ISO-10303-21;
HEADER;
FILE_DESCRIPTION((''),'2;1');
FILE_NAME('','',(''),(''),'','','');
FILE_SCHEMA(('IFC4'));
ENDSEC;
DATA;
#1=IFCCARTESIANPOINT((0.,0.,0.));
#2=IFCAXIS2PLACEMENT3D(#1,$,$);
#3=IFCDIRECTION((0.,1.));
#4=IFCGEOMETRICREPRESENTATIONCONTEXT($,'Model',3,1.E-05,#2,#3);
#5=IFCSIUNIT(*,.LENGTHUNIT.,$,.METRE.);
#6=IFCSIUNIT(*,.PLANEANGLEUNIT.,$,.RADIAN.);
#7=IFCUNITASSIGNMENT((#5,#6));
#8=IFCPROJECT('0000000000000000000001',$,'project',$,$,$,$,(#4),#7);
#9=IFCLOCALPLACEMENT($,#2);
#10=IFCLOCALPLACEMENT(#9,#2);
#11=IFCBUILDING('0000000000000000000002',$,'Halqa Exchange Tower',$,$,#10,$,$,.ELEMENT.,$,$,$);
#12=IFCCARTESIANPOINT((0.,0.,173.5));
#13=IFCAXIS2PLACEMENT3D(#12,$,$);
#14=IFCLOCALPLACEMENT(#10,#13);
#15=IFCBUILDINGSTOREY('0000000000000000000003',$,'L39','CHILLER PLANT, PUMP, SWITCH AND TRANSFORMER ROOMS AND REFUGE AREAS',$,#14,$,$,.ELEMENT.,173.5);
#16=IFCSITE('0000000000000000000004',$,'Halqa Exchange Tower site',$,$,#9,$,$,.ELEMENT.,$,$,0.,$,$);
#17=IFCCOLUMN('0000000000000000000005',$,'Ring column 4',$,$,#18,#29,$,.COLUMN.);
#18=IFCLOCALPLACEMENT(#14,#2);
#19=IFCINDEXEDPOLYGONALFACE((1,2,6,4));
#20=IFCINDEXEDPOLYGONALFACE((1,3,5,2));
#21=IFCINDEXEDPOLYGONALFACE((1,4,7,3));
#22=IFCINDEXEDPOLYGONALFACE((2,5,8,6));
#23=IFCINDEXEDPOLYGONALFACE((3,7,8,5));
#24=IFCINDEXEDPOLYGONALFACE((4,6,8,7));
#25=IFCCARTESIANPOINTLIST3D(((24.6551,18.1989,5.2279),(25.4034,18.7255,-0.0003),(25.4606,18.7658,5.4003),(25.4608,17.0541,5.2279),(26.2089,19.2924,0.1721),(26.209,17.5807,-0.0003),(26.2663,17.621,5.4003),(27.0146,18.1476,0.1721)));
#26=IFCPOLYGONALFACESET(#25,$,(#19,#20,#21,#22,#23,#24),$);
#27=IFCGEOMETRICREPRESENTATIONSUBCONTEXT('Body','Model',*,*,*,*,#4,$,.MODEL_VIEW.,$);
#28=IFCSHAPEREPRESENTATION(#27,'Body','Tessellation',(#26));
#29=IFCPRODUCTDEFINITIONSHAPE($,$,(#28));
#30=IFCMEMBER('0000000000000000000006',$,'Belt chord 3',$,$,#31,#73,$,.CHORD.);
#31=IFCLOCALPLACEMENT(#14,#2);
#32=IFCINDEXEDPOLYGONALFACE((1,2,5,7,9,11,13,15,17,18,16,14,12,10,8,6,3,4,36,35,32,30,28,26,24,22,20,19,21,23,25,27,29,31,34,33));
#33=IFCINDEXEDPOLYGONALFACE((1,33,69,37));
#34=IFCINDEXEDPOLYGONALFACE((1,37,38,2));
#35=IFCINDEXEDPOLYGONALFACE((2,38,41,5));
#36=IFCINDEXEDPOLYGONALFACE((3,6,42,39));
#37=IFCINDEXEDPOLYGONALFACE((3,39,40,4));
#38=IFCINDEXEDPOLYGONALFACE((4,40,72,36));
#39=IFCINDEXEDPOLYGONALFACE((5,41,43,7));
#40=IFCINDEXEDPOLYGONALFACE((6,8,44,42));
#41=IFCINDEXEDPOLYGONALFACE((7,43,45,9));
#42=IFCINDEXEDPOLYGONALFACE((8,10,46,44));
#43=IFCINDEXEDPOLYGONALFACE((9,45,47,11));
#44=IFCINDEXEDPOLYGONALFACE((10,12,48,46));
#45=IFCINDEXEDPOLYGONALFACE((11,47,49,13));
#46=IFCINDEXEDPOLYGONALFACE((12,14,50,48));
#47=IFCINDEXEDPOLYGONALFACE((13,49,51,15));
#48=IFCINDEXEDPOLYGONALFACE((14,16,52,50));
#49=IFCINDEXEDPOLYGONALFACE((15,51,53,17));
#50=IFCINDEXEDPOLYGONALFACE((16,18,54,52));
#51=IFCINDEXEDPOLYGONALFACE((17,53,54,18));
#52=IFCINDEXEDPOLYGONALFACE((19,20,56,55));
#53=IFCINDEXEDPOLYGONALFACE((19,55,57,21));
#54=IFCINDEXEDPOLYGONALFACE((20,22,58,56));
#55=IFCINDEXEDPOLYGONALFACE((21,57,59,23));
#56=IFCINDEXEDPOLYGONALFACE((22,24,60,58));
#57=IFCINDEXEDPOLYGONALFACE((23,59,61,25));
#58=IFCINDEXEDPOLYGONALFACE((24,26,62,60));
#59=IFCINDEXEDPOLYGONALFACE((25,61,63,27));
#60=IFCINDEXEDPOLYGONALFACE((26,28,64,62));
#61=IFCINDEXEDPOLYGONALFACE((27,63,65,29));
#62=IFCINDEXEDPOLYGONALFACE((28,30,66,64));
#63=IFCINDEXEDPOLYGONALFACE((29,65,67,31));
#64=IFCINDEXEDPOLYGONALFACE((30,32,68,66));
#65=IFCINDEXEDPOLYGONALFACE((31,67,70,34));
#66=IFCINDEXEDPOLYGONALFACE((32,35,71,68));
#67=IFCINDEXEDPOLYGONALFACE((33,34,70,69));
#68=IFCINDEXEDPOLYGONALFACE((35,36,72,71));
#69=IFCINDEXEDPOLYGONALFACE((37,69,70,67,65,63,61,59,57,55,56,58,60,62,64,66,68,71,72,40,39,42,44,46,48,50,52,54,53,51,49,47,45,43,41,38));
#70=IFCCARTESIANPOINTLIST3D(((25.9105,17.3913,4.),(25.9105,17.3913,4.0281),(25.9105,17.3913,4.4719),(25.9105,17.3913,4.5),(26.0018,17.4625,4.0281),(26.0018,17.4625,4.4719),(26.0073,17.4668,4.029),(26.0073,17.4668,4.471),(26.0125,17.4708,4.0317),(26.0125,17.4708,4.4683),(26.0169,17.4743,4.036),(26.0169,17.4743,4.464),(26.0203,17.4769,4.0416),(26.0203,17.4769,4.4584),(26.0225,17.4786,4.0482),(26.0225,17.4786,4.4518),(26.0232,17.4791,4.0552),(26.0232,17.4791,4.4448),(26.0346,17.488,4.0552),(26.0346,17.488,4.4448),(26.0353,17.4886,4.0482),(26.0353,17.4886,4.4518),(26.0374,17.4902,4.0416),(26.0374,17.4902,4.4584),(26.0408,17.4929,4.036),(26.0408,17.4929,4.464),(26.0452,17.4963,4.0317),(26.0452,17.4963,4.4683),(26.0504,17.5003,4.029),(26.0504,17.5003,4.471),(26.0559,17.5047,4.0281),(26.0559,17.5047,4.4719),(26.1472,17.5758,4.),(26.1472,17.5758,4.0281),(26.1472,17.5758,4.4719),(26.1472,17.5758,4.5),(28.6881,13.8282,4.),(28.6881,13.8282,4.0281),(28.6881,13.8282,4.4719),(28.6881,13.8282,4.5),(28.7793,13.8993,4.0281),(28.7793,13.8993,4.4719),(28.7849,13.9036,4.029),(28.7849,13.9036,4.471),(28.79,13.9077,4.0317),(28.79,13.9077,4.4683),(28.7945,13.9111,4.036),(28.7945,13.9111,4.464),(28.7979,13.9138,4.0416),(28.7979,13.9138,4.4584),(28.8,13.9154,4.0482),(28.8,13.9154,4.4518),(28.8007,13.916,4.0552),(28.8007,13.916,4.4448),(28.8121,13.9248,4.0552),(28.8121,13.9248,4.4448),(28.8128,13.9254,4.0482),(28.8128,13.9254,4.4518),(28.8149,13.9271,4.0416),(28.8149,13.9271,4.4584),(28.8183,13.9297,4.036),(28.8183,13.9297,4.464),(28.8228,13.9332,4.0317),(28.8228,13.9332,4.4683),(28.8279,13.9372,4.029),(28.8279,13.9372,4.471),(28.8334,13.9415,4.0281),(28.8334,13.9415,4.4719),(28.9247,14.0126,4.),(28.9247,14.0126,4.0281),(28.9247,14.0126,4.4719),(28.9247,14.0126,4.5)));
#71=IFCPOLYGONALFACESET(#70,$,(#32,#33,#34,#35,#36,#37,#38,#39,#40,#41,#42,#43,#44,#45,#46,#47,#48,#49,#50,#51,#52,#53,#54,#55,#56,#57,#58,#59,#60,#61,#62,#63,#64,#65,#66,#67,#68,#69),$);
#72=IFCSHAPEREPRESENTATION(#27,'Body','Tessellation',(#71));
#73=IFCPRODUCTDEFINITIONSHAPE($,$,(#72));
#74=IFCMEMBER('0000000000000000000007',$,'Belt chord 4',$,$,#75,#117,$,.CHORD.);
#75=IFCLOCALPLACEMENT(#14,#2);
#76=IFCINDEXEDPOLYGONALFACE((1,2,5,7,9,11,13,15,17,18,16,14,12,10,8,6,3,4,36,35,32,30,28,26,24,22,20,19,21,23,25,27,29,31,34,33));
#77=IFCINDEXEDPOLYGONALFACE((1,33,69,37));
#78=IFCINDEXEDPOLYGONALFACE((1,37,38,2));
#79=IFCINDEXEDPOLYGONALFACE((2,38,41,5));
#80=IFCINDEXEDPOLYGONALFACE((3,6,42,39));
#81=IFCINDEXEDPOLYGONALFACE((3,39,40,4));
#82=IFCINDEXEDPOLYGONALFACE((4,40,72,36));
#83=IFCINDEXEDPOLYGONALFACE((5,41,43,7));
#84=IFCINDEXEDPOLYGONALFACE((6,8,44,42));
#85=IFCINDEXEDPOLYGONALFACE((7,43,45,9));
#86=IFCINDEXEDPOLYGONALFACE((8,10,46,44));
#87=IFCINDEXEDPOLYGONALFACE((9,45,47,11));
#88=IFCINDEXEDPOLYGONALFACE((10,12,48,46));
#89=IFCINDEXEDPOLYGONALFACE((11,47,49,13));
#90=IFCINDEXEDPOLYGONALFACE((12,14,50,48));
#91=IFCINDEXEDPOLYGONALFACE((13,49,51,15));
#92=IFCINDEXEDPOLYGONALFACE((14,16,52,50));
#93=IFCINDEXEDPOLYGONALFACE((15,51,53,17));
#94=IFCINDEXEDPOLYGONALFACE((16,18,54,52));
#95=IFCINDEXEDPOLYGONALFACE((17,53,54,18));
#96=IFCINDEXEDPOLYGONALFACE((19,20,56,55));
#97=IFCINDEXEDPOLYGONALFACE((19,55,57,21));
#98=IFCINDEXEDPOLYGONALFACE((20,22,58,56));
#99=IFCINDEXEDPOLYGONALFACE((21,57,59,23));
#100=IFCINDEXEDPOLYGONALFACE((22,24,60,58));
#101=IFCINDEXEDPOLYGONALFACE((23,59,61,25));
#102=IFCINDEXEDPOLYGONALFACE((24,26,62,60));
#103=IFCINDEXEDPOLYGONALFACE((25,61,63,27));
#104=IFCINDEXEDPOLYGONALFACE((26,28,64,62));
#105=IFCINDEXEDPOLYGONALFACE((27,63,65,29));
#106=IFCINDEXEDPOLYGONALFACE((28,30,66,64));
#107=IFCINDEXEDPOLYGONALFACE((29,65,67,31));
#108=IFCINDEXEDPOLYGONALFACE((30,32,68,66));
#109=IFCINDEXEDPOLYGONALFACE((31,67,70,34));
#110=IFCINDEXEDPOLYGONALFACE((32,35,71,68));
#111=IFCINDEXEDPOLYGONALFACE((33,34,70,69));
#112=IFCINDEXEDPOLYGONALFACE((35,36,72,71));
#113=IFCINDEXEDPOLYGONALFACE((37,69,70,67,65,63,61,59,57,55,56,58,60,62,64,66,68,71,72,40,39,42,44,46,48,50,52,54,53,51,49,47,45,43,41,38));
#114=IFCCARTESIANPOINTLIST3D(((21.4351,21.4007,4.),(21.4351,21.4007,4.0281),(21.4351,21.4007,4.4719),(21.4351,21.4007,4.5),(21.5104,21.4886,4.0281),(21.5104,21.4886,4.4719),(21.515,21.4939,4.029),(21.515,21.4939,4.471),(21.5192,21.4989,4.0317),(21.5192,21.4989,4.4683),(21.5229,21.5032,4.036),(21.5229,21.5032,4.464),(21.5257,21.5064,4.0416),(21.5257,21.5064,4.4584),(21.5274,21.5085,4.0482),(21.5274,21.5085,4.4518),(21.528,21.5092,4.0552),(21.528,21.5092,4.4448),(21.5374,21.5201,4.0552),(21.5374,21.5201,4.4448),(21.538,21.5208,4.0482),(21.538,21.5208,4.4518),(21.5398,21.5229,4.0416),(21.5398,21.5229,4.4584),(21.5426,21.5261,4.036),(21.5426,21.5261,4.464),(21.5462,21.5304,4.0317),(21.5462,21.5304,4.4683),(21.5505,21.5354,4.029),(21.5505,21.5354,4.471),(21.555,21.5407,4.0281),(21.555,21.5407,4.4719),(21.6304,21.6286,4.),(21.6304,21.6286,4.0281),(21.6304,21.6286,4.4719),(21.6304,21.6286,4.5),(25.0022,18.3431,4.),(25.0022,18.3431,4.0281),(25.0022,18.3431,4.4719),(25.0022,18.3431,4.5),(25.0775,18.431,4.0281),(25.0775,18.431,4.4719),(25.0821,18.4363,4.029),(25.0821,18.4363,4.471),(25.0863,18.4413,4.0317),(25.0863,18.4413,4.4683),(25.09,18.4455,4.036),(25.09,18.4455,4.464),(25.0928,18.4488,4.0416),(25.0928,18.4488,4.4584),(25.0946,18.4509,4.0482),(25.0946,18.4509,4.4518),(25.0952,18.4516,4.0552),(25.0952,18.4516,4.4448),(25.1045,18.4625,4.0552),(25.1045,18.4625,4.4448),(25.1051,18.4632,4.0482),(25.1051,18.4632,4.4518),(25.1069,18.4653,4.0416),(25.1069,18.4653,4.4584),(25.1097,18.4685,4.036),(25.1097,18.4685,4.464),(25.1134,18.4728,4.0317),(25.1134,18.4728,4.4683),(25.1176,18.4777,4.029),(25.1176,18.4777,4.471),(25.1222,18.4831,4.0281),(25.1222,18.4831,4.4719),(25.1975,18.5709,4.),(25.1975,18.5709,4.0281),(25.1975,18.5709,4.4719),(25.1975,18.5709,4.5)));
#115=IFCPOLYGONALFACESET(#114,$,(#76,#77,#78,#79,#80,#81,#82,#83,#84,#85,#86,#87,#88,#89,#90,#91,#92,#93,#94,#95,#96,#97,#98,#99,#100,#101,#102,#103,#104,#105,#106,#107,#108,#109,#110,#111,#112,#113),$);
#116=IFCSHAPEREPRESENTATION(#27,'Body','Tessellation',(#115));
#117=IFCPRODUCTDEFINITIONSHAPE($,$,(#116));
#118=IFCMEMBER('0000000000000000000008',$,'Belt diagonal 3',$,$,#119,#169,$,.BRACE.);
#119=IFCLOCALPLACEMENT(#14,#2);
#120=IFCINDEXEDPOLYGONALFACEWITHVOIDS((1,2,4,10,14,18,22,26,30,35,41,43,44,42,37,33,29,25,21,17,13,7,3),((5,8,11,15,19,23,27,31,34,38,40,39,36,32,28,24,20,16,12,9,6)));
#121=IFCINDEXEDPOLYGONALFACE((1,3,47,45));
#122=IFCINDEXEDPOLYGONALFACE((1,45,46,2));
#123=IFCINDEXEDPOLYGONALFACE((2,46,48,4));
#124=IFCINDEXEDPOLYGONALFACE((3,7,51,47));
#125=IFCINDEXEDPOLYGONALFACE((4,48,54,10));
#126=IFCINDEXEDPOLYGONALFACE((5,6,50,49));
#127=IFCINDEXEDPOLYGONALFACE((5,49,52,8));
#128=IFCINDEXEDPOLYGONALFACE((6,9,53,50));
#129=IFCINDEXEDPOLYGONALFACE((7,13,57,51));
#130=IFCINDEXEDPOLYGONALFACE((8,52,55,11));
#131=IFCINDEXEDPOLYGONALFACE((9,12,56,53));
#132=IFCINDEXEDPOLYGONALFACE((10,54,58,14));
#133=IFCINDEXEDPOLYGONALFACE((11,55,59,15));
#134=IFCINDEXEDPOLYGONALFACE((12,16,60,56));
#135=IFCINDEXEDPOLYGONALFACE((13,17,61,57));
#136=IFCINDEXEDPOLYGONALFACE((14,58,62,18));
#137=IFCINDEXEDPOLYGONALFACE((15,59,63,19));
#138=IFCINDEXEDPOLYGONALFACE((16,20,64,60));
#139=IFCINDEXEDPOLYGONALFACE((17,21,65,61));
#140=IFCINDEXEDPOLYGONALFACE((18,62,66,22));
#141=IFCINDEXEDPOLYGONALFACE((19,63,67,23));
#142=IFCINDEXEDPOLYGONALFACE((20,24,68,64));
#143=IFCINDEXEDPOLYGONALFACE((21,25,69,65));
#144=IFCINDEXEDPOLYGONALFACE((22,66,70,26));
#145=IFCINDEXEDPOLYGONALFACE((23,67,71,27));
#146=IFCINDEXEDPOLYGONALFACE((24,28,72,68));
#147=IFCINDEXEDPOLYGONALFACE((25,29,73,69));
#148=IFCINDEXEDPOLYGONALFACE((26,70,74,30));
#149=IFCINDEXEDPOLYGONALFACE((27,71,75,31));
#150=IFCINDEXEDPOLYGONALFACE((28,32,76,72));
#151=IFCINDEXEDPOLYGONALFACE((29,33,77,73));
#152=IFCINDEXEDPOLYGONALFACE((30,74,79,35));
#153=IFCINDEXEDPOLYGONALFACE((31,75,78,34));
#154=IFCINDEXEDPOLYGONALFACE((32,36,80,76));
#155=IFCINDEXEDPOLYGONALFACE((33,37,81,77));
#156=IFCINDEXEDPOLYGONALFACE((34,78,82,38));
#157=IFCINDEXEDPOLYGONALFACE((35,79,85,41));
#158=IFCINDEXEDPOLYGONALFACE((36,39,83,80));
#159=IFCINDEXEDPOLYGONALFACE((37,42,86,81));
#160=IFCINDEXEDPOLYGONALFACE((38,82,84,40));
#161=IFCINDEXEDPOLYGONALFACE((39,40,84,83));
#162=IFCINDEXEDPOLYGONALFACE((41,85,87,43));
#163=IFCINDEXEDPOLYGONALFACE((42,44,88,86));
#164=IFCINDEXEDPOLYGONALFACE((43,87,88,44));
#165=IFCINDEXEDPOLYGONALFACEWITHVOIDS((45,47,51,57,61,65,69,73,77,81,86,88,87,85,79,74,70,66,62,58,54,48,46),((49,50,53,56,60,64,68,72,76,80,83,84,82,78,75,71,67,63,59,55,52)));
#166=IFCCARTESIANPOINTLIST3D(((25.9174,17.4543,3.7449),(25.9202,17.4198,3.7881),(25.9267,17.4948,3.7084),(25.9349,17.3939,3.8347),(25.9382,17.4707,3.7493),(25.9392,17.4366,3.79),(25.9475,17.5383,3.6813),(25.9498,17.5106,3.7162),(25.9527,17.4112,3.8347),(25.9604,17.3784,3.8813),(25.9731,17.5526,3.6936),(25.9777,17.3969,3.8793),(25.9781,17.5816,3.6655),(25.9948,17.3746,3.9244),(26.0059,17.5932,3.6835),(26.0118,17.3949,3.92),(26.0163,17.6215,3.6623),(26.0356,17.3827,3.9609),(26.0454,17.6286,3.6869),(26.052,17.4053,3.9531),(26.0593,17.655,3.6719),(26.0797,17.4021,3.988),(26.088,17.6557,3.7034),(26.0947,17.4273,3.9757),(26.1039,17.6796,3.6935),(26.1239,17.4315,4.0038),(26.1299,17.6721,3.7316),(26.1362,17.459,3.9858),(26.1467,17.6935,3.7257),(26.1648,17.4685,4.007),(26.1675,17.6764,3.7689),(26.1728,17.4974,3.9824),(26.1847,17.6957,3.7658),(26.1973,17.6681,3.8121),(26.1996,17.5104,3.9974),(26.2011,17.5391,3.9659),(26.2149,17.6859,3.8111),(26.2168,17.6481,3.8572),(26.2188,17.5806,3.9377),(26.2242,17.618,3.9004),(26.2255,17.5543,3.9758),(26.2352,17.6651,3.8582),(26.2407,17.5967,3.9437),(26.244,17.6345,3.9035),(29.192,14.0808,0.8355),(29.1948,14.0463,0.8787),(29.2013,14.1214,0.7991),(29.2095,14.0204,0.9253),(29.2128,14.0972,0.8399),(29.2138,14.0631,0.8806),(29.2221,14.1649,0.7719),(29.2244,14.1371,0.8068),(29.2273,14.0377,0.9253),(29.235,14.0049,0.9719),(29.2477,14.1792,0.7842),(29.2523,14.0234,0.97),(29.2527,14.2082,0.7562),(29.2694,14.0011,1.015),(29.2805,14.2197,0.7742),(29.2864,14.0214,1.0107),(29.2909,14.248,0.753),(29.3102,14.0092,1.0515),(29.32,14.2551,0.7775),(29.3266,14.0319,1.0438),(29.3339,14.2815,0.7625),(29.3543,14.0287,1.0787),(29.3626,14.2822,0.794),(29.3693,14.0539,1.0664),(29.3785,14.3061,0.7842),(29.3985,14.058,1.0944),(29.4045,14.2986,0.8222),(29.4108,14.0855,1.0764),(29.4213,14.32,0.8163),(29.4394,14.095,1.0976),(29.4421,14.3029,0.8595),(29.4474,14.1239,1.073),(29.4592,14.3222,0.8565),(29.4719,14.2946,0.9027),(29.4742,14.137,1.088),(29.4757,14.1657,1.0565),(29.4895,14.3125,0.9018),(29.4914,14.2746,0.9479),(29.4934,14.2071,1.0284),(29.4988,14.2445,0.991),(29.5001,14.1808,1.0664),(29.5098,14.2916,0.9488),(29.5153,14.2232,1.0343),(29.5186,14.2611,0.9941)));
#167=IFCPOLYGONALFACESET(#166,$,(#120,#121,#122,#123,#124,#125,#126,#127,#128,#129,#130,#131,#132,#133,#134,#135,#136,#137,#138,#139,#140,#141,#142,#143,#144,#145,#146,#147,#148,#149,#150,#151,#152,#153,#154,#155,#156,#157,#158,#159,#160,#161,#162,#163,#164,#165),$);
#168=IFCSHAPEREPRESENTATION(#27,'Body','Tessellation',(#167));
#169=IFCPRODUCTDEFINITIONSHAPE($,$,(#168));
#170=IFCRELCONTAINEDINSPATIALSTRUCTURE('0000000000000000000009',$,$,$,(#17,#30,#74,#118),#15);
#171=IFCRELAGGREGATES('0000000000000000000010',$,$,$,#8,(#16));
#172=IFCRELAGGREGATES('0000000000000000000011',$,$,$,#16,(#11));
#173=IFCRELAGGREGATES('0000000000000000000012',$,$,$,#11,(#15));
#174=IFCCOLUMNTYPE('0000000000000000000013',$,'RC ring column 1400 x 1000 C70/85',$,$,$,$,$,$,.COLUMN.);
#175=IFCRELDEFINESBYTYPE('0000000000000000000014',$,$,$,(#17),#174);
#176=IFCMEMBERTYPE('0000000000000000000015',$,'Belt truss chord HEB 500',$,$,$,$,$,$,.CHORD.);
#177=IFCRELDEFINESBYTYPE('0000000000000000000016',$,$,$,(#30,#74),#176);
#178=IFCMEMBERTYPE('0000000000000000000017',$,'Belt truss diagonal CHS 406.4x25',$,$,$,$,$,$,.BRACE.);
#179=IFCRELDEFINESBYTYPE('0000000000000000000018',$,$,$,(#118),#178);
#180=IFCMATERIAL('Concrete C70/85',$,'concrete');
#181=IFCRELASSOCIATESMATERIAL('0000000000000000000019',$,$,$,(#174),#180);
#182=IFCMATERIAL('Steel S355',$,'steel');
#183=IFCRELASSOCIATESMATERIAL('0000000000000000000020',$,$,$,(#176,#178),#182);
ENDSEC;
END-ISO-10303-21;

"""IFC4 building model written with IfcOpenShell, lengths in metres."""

from ifc_helpers import new_model, si_unit, direction, frame, origin, origin_2d, place, context, subcontext, project, spatial, rectangle, hollow_circle, i_section, extrude, material, material_profile, profile_set, type_object, element, save


model = new_model("IFC4")

# Units and contexts
model_context = context("Model", 3, precision=1e-05, world=origin(), true_north=direction((0.0, 1.0)))
body_context = subcontext(model_context, "Body", "Model", "MODEL_VIEW")
ifc_project = project(units=[si_unit("LENGTHUNIT", "METRE"), si_unit("PLANEANGLEUNIT", "RADIAN")], contexts=[model_context])

# Site, building, storey
site_placement = place(None, origin())
site = spatial("IfcSite", under=ifc_project, at=site_placement, Name="Halqa Exchange Tower site", CompositionType="ELEMENT", RefElevation=0.0)
building_placement = place(site_placement, origin())
building = spatial("IfcBuilding", under=site, at=building_placement, Name="Halqa Exchange Tower", CompositionType="ELEMENT")
storey_placement = place(building_placement, frame((0.0, 0.0, 173.5)))
storey = spatial("IfcBuildingStorey", under=building, at=storey_placement, Name="L39", Description="CHILLER PLANT, PUMP, SWITCH AND TRANSFORMER ROOMS AND REFUGE AREAS", CompositionType="ELEMENT", Elevation=173.5)

# Column
ifc_material_1 = material(Name="Concrete C70/85", Category="concrete")
ifc_material_profile_1 = material_profile(ifc_material_1, rectangle(XDim=1.3999, YDim=1.0, at=origin_2d()), Name="1400 x 1000")
ifc_profile_set_1 = profile_set([ifc_material_profile_1], Name="Concrete C70/85")
column_type = type_object("IfcColumnType", Name="RC ring column 1400 x 1000 C70/85", PredefinedType="COLUMN", material=ifc_profile_set_1)
column_placement = place(storey_placement, frame((26.209, 18.4365, 0.0859), z_axis=(-0.140981, -0.099216, 0.985028), x_axis=(0.57552, -0.817788, 0.0)))
element("IfcColumn", 1, at=column_placement, inside=storey, type_object=column_type, Name="Ring column 4", PredefinedType="COLUMN", context=body_context, shape_type="SweptSolid", body=[
    extrude(rectangle(XDim=1.3999, YDim=1.0, at=origin_2d()), origin(), (0.0, 0.0, 1.0), 5.3076),
])

# Members
ifc_material_2 = material(Name="Steel S355", Category="steel")
ifc_material_profile_2 = material_profile(ifc_material_2, i_section(OverallWidth=0.3, OverallDepth=0.5, WebThickness=0.0144, FlangeThickness=0.0281, FilletRadius=0.0271, at=origin_2d()), Name="HEB 500")
ifc_profile_set_2 = profile_set([ifc_material_profile_2], Name="Steel S355")
member_type_1 = type_object("IfcMemberType", Name="Belt truss chord HEB 500", PredefinedType="CHORD", material=ifc_profile_set_2)
member_1_placement = place(storey_placement, frame((28.8064, 13.9204, 4.25), z_axis=(-0.614793, 0.788688, 0.0), x_axis=(-0.788688, -0.614793, 0.0)))
element("IfcMember", 2, at=member_1_placement, inside=storey, type_object=member_type_1, Name="Belt chord 3", PredefinedType="CHORD", context=body_context, shape_type="SweptSolid", body=[
    extrude(i_section(OverallWidth=0.3, OverallDepth=0.5, WebThickness=0.0144, FlangeThickness=0.0281, FilletRadius=0.0271, at=origin_2d()), origin(), (0.0, 0.0, 1.0), 4.5178),
])
member_2_placement = place(storey_placement, frame((25.0999, 18.457, 4.25), z_axis=(-0.759249, 0.6508, 0.0), x_axis=(-0.6508, -0.759249, 0.0)))
element("IfcMember", 3, at=member_2_placement, inside=storey, type_object=member_type_1, Name="Belt chord 4", PredefinedType="CHORD", context=body_context, shape_type="SweptSolid", body=[
    extrude(i_section(OverallWidth=0.3, OverallDepth=0.5, WebThickness=0.0144, FlangeThickness=0.0281, FilletRadius=0.0271, at=origin_2d()), origin(), (0.0, 0.0, 1.0), 4.6982),
])
ifc_material_profile_3 = material_profile(ifc_material_2, hollow_circle(Radius=0.2031, WallThickness=0.0249, at=origin_2d()), Name="CHS 406.4x25")
ifc_profile_set_3 = profile_set([ifc_material_profile_3], Name="Steel S355")
member_type_2 = type_object("IfcMemberType", Name="Belt truss diagonal CHS 406.4x25", PredefinedType="BRACE", material=ifc_profile_set_3)
member_3_placement = place(storey_placement, frame((29.3552, 14.1619, 0.9253), z_axis=(-0.592279, 0.610163, 0.52622), x_axis=(-0.717544, -0.696513, 0.0)))
element("IfcMember", 4, at=member_3_placement, inside=storey, type_object=member_type_2, Name="Belt diagonal 3", PredefinedType="BRACE", context=body_context, shape_type="SweptSolid", body=[
    extrude(hollow_circle(Radius=0.2031, WallThickness=0.0249, at=origin_2d()), origin(), (0.0, 0.0, 1.0), 5.5288),
])

save(model, "model.ifc")
